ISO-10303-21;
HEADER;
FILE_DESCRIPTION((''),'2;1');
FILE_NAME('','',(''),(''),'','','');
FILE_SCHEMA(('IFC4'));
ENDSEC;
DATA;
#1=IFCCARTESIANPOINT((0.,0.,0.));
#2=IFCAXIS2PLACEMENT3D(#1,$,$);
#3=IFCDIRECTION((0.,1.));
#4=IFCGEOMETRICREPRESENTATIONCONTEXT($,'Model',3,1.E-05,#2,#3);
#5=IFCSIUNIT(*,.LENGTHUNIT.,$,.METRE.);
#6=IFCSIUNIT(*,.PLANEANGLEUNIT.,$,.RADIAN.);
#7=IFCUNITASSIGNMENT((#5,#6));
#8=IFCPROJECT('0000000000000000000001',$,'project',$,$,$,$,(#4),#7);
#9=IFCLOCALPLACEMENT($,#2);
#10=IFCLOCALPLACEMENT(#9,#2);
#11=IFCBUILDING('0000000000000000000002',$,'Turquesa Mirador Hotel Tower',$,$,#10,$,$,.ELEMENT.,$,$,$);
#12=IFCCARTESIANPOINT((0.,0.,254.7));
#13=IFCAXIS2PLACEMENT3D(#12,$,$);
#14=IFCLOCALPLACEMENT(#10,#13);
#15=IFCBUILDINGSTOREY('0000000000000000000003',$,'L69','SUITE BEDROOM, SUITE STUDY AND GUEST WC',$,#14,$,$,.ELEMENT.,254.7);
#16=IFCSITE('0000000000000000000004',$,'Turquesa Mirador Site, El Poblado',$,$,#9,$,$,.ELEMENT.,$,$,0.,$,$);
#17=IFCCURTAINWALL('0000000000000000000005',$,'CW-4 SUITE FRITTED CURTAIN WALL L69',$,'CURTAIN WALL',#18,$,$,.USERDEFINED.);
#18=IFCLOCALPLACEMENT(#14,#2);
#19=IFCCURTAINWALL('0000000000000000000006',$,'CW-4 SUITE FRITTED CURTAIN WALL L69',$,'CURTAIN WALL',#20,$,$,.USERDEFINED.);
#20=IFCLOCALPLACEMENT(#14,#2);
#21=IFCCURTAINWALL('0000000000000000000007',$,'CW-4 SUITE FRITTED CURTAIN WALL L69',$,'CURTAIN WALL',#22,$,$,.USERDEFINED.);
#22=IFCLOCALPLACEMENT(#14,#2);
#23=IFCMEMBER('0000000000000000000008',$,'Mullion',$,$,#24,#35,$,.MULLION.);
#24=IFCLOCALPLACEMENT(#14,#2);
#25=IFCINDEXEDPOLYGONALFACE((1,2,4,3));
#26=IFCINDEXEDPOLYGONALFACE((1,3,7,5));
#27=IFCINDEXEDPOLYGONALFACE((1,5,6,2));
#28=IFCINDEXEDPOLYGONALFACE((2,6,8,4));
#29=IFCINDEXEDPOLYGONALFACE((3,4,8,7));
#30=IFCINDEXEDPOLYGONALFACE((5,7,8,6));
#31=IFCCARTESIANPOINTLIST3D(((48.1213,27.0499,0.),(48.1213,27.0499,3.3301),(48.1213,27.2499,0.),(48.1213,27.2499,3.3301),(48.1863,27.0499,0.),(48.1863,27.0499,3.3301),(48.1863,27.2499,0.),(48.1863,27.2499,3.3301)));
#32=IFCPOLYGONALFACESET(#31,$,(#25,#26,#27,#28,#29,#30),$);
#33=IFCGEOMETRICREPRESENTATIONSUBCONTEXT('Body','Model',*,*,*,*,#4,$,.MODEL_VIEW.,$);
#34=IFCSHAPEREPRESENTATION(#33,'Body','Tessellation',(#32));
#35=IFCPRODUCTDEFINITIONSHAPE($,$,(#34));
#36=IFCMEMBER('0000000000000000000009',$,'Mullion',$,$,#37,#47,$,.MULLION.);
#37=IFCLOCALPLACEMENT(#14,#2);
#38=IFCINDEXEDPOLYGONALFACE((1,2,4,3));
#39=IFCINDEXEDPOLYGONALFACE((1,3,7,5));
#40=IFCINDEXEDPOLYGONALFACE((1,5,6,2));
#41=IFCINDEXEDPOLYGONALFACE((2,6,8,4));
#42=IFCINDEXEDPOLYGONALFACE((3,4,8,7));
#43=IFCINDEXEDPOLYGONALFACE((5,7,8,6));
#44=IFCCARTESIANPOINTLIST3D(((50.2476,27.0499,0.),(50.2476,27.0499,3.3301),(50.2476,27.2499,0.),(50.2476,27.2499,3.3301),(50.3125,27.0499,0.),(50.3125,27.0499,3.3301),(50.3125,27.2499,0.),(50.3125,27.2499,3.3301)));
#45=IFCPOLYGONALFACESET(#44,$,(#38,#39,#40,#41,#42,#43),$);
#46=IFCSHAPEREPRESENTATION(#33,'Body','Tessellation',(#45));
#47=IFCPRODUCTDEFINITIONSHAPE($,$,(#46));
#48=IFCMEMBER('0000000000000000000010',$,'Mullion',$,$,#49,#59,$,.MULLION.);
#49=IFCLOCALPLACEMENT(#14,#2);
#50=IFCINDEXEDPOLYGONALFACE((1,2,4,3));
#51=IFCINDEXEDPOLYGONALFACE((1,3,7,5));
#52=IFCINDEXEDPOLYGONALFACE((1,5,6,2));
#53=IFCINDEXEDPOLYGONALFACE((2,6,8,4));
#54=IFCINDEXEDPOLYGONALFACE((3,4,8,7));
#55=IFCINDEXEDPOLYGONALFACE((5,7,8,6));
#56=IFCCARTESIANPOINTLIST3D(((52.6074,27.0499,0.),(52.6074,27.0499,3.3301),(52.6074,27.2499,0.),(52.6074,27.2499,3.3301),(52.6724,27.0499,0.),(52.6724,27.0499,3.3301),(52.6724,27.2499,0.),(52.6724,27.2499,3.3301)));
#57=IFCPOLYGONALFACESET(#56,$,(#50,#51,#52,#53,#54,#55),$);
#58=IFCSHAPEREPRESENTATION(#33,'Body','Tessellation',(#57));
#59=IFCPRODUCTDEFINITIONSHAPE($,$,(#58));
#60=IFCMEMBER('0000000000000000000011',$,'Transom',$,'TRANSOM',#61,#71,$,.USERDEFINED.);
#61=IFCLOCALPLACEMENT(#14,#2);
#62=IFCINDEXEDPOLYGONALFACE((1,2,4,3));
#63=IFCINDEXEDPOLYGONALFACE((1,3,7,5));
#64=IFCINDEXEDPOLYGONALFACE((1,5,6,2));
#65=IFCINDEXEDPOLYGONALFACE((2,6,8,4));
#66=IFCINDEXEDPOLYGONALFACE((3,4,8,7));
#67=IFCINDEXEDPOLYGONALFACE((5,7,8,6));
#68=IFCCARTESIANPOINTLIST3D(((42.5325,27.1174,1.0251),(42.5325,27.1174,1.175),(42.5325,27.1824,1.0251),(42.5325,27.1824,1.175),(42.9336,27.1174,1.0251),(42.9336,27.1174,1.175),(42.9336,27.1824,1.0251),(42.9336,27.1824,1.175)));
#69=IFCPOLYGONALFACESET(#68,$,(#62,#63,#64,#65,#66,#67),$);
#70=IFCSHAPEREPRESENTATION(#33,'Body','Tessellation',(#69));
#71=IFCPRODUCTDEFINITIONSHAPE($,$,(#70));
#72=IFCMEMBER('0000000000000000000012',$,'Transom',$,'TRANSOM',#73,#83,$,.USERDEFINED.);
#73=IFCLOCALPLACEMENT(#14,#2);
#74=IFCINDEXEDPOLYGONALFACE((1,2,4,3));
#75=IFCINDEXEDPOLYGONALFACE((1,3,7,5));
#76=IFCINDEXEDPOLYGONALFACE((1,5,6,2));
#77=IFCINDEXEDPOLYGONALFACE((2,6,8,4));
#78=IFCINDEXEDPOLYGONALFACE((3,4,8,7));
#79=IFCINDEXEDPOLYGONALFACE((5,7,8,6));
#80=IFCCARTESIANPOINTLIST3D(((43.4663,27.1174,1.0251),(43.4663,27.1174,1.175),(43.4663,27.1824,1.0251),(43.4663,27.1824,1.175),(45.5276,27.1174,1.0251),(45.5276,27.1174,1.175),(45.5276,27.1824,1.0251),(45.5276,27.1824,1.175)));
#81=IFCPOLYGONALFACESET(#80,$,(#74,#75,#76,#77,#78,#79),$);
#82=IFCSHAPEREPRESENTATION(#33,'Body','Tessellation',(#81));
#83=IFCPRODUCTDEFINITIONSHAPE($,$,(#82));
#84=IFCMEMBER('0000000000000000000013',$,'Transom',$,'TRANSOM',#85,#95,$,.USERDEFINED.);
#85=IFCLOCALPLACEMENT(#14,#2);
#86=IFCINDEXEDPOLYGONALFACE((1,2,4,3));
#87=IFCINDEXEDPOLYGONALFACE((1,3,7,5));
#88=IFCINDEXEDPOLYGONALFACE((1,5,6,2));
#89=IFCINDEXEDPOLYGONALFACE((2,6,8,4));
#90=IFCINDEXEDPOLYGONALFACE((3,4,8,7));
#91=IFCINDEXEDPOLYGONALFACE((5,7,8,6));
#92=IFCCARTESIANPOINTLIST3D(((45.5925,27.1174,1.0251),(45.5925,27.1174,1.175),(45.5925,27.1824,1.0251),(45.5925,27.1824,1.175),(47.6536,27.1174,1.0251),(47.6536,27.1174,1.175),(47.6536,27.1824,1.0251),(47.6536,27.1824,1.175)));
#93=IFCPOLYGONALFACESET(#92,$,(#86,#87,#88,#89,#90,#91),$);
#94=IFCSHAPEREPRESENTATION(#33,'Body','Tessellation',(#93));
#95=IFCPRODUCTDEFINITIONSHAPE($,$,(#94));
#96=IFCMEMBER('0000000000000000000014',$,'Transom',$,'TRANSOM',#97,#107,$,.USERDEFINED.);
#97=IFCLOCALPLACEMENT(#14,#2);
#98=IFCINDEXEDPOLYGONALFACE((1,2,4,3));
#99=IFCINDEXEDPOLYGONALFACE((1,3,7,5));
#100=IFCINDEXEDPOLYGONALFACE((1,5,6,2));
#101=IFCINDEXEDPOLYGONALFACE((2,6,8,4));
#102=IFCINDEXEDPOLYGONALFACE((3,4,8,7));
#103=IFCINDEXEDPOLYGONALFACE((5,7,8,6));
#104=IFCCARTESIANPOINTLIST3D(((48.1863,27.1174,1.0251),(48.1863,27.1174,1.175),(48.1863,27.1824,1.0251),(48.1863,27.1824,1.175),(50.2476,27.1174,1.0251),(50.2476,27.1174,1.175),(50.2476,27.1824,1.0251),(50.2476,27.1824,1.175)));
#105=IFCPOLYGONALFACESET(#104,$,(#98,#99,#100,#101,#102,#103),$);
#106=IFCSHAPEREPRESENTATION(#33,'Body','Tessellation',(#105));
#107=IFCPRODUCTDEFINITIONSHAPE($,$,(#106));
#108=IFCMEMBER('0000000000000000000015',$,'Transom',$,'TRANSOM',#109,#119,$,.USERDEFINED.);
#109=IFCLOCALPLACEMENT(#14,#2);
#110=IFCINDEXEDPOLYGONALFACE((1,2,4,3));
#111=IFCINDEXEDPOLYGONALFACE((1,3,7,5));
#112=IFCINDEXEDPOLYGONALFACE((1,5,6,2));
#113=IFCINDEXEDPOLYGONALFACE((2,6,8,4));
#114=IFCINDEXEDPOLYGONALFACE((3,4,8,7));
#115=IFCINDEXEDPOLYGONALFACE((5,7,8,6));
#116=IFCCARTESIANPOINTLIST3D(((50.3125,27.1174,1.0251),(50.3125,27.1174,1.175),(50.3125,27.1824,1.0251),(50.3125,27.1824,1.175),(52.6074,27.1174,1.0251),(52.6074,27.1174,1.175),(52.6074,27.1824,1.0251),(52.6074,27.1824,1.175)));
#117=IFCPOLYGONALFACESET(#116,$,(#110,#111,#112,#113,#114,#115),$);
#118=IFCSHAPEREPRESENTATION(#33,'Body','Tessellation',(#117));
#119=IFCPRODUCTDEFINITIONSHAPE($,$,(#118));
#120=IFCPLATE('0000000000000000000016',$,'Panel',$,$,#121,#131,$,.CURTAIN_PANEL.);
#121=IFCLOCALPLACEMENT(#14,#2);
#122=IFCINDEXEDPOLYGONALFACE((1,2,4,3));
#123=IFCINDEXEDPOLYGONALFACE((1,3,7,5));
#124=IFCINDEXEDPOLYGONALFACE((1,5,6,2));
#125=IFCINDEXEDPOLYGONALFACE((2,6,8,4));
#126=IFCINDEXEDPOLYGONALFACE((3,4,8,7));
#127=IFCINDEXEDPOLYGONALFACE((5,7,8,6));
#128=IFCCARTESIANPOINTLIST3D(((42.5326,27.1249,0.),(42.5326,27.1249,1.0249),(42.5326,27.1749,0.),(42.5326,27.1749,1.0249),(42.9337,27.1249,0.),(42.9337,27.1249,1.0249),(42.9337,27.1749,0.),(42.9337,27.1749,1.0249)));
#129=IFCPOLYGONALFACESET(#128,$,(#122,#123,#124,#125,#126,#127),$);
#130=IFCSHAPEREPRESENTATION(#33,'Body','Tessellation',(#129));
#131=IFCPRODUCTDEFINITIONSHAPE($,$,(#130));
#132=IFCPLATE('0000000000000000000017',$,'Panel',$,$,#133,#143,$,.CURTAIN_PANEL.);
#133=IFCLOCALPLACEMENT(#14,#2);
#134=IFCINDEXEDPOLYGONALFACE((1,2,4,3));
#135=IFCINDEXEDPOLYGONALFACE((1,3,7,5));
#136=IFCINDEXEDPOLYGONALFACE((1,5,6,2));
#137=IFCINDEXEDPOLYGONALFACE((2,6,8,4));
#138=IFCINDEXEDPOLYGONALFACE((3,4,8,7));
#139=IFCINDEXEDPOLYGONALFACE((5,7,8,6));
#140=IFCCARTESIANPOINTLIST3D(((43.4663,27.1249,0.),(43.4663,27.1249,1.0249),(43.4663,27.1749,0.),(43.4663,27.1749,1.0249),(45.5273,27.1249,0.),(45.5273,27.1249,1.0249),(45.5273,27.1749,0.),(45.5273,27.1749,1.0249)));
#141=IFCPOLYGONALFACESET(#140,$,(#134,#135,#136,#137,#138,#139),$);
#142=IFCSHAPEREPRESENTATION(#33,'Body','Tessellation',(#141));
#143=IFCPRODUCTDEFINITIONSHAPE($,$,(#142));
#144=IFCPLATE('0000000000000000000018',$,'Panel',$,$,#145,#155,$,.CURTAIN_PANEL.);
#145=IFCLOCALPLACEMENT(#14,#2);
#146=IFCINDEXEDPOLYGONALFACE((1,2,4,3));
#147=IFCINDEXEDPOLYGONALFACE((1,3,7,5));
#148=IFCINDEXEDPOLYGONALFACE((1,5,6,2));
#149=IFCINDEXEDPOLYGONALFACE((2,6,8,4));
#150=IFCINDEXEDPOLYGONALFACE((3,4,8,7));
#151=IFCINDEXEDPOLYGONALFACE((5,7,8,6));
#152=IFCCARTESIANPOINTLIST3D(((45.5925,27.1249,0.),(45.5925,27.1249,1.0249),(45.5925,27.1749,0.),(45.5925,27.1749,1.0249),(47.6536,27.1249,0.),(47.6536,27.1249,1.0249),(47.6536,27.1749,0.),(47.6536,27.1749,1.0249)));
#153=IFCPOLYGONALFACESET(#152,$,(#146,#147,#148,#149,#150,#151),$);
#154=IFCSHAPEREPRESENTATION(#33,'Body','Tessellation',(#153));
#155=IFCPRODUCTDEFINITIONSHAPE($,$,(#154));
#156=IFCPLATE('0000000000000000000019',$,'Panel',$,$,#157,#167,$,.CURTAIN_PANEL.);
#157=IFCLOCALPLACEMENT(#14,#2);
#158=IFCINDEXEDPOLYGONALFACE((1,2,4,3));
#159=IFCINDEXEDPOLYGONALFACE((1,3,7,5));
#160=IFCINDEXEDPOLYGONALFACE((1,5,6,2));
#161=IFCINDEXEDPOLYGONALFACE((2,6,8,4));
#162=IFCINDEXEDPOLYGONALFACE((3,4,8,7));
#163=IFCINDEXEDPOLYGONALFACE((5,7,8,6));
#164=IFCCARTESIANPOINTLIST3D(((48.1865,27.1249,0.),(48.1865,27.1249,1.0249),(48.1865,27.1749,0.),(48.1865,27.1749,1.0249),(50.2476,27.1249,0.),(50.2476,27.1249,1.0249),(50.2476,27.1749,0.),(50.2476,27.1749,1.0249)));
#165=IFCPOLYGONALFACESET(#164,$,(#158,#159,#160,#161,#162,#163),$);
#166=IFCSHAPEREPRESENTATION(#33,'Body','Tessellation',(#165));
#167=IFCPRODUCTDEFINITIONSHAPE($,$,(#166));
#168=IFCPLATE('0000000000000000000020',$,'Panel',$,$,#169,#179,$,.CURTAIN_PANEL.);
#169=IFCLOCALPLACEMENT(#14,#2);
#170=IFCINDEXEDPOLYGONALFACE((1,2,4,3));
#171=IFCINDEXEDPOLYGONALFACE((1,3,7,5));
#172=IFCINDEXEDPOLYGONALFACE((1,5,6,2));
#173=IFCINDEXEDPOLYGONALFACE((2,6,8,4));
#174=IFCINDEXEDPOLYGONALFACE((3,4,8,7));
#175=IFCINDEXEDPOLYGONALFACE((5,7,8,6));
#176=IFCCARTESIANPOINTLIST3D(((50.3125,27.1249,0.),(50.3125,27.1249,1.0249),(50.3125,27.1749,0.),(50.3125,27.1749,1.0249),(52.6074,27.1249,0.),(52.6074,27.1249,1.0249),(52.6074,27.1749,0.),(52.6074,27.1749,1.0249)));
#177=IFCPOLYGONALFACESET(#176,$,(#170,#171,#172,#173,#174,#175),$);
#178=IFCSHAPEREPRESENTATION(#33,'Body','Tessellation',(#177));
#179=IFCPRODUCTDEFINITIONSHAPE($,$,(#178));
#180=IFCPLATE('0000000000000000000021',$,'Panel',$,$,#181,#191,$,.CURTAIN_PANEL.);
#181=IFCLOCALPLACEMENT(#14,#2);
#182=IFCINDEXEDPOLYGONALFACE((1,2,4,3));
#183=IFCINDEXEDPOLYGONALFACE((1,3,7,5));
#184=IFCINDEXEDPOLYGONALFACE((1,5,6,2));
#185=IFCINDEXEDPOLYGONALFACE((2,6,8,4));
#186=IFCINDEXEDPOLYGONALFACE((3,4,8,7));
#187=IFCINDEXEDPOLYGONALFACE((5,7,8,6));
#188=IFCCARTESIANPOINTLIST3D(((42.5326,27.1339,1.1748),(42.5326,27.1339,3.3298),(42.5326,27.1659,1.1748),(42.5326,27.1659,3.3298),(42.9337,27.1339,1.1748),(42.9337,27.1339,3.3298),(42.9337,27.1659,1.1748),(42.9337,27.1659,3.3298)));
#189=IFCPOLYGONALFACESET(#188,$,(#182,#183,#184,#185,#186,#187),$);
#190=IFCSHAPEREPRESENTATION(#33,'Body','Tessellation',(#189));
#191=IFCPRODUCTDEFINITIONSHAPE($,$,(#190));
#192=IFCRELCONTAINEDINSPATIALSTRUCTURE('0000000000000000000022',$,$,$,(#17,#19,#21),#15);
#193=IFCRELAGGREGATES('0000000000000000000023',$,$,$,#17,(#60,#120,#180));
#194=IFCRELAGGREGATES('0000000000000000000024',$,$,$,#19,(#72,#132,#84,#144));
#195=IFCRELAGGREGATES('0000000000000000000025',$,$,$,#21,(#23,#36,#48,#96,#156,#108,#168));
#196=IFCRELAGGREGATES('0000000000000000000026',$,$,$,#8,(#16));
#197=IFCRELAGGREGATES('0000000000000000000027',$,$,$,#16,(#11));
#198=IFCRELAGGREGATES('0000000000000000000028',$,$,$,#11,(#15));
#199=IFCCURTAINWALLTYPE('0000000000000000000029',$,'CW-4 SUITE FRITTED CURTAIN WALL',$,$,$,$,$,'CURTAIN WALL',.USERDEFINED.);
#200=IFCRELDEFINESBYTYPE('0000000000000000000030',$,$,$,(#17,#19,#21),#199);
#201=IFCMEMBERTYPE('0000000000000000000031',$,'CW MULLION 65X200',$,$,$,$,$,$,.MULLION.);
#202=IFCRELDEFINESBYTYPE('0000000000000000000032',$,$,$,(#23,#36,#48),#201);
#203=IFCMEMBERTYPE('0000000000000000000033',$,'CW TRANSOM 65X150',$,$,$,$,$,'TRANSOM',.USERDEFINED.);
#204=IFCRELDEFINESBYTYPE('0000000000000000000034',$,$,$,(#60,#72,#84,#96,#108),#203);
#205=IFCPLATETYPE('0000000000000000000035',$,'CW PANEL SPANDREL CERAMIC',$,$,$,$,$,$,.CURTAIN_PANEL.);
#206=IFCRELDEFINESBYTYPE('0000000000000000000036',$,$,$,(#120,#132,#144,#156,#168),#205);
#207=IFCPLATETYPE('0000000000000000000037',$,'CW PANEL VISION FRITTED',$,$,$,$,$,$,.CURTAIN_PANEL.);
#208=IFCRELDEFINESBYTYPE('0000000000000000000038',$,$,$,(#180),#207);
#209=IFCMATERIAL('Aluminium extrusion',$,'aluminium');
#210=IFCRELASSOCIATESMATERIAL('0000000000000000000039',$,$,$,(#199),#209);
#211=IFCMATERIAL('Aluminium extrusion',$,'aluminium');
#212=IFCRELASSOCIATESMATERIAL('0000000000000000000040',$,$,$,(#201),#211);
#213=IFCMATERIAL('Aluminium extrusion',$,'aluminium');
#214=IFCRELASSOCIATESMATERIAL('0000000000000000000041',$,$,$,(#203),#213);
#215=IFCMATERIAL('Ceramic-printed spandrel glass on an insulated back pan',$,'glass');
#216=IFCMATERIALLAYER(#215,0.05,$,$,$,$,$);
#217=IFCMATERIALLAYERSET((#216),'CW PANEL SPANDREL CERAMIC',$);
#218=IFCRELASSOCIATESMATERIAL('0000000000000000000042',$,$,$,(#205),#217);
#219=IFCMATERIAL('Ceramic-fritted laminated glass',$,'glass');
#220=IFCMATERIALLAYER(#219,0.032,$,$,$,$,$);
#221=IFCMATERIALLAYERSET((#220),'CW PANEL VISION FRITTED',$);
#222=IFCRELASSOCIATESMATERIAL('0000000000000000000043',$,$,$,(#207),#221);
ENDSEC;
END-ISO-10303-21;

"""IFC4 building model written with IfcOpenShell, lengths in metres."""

from ifc_helpers import new_model, si_unit, direction, frame, origin, origin_2d, place, context, subcontext, project, spatial, rectangle, extrude, material, layer, layer_set, material_profile, profile_set, type_object, element, aggregate, save


model = new_model("IFC4")

# Units and contexts
model_context = context("Model", 3, precision=1e-05, world=origin(), true_north=direction((0.0, 1.0)))
body_context = subcontext(model_context, "Body", "Model", "MODEL_VIEW")
ifc_project = project(units=[si_unit("LENGTHUNIT", "METRE"), si_unit("PLANEANGLEUNIT", "RADIAN")], contexts=[model_context])

# Site, building, storey
site_placement = place(None, origin())
site = spatial("IfcSite", under=ifc_project, at=site_placement, Name="Turquesa Mirador Site, El Poblado", CompositionType="ELEMENT", RefElevation=0.0)
building_placement = place(site_placement, origin())
building = spatial("IfcBuilding", under=site, at=building_placement, Name="Turquesa Mirador Hotel Tower", CompositionType="ELEMENT")
storey_placement = place(building_placement, frame((0.0, 0.0, 254.7)))
storey = spatial("IfcBuildingStorey", under=building, at=storey_placement, Name="L69", Description="SUITE BEDROOM, SUITE STUDY AND GUEST WC", CompositionType="ELEMENT", Elevation=254.7)

# Curtain walls, members
ifc_material_1 = material(Name="Aluminium extrusion", Category="aluminium")
curtain_wall_type = type_object("IfcCurtainWallType", Name="CW-4 SUITE FRITTED CURTAIN WALL", ElementType="CURTAIN WALL", PredefinedType="USERDEFINED", material=ifc_material_1)
curtain_wall_1_placement = place(storey_placement, origin())
curtain_wall_1 = element("IfcCurtainWall", 1, at=curtain_wall_1_placement, inside=storey, type_object=curtain_wall_type, Name="CW-4 SUITE FRITTED CURTAIN WALL L69", ObjectType="CURTAIN WALL", PredefinedType="USERDEFINED")
ifc_material_2 = material(Name="Aluminium extrusion", Category="aluminium")
ifc_material_profile_1 = material_profile(ifc_material_2, rectangle(XDim=0.0649, YDim=0.2, at=origin_2d()), Name="MULLION 65X200")
ifc_profile_set_1 = profile_set([ifc_material_profile_1], Name="Aluminium extrusion")
member_type_1 = type_object("IfcMemberType", Name="CW MULLION 65X200", PredefinedType="MULLION", material=ifc_profile_set_1)
curtain_wall_2_placement = place(storey_placement, origin())
curtain_wall_2 = element("IfcCurtainWall", 2, at=curtain_wall_2_placement, inside=storey, type_object=curtain_wall_type, Name="CW-4 SUITE FRITTED CURTAIN WALL L69", ObjectType="CURTAIN WALL", PredefinedType="USERDEFINED")
curtain_wall_3_placement = place(storey_placement, origin())
curtain_wall_3 = element("IfcCurtainWall", 3, at=curtain_wall_3_placement, inside=storey, type_object=curtain_wall_type, Name="CW-4 SUITE FRITTED CURTAIN WALL L69", ObjectType="CURTAIN WALL", PredefinedType="USERDEFINED")
member_1_placement = place(storey_placement, frame((48.1538, 27.1499, 0.0), z_axis=(0.0, 0.0, 1.0), x_axis=(1.0, 0.0, 0.0)))
member_1 = element("IfcMember", 4, at=member_1_placement, type_object=member_type_1, Name="Mullion", PredefinedType="MULLION", context=body_context, shape_type="SweptSolid", body=[
    extrude(rectangle(XDim=0.0649, YDim=0.2, at=origin_2d()), origin(), (0.0, 0.0, 1.0), 3.3301),
])
member_2_placement = place(storey_placement, frame((50.28, 27.1499, 0.0), z_axis=(0.0, 0.0, 1.0), x_axis=(1.0, 0.0, 0.0)))
member_2 = element("IfcMember", 5, at=member_2_placement, type_object=member_type_1, Name="Mullion", PredefinedType="MULLION", context=body_context, shape_type="SweptSolid", body=[
    extrude(rectangle(XDim=0.0649, YDim=0.2, at=origin_2d()), origin(), (0.0, 0.0, 1.0), 3.3301),
])
member_3_placement = place(storey_placement, frame((52.6399, 27.1499, 0.0), z_axis=(0.0, 0.0, 1.0), x_axis=(1.0, 0.0, 0.0)))
member_3 = element("IfcMember", 6, at=member_3_placement, type_object=member_type_1, Name="Mullion", PredefinedType="MULLION", context=body_context, shape_type="SweptSolid", body=[
    extrude(rectangle(XDim=0.0649, YDim=0.2, at=origin_2d()), origin(), (0.0, 0.0, 1.0), 3.3301),
])

# Members
ifc_material_3 = material(Name="Aluminium extrusion", Category="aluminium")
ifc_material_profile_2 = material_profile(ifc_material_3, rectangle(XDim=0.0649, YDim=0.1499, at=origin_2d()), Name="TRANSOM 65X150")
ifc_profile_set_2 = profile_set([ifc_material_profile_2], Name="Aluminium extrusion")
member_type_2 = type_object("IfcMemberType", Name="CW TRANSOM 65X150", ElementType="TRANSOM", PredefinedType="USERDEFINED", material=ifc_profile_set_2)
member_4_placement = place(storey_placement, frame((42.5325, 27.1499, 1.1001), z_axis=(1.0, 0.0, 0.0), x_axis=(0.0, 1.0, 0.0)))
member_4 = element("IfcMember", 7, at=member_4_placement, type_object=member_type_2, Name="Transom", ObjectType="TRANSOM", PredefinedType="USERDEFINED", context=body_context, shape_type="SweptSolid", body=[
    extrude(rectangle(XDim=0.0649, YDim=0.1499, at=origin_2d()), origin(), (0.0, 0.0, 1.0), 0.4011),
])
member_5_placement = place(storey_placement, frame((43.4663, 27.1499, 1.1001), z_axis=(1.0, 0.0, 0.0), x_axis=(0.0, 1.0, 0.0)))
member_5 = element("IfcMember", 8, at=member_5_placement, type_object=member_type_2, Name="Transom", ObjectType="TRANSOM", PredefinedType="USERDEFINED", context=body_context, shape_type="SweptSolid", body=[
    extrude(rectangle(XDim=0.0649, YDim=0.1499, at=origin_2d()), origin(), (0.0, 0.0, 1.0), 2.0613),
])
member_6_placement = place(storey_placement, frame((45.5925, 27.1499, 1.1001), z_axis=(1.0, 0.0, 0.0), x_axis=(0.0, 1.0, 0.0)))
member_6 = element("IfcMember", 9, at=member_6_placement, type_object=member_type_2, Name="Transom", ObjectType="TRANSOM", PredefinedType="USERDEFINED", context=body_context, shape_type="SweptSolid", body=[
    extrude(rectangle(XDim=0.0649, YDim=0.1499, at=origin_2d()), origin(), (0.0, 0.0, 1.0), 2.061),
])
member_7_placement = place(storey_placement, frame((48.1863, 27.1499, 1.1001), z_axis=(1.0, 0.0, 0.0), x_axis=(0.0, 1.0, 0.0)))
member_7 = element("IfcMember", 10, at=member_7_placement, type_object=member_type_2, Name="Transom", ObjectType="TRANSOM", PredefinedType="USERDEFINED", context=body_context, shape_type="SweptSolid", body=[
    extrude(rectangle(XDim=0.0649, YDim=0.1499, at=origin_2d()), origin(), (0.0, 0.0, 1.0), 2.0613),
])
member_8_placement = place(storey_placement, frame((50.3125, 27.1499, 1.1001), z_axis=(1.0, 0.0, 0.0), x_axis=(0.0, 1.0, 0.0)))
member_8 = element("IfcMember", 11, at=member_8_placement, type_object=member_type_2, Name="Transom", ObjectType="TRANSOM", PredefinedType="USERDEFINED", context=body_context, shape_type="SweptSolid", body=[
    extrude(rectangle(XDim=0.0649, YDim=0.1499, at=origin_2d()), origin(), (0.0, 0.0, 1.0), 2.2949),
])

# Plates
ifc_material_4 = material(Name="Ceramic-printed spandrel glass on an insulated back pan", Category="glass")
ifc_layer_1 = layer(ifc_material_4, 0.05)
ifc_layer_set_1 = layer_set([ifc_layer_1], Name="CW PANEL SPANDREL CERAMIC")
plate_type_1 = type_object("IfcPlateType", Name="CW PANEL SPANDREL CERAMIC", PredefinedType="CURTAIN_PANEL", material=ifc_layer_set_1)
plate_1_placement = place(storey_placement, frame((42.7332, 27.1499, 0.0), z_axis=(0.0, 0.0, 1.0), x_axis=(1.0, 0.0, 0.0)))
plate_1 = element("IfcPlate", 12, at=plate_1_placement, type_object=plate_type_1, Name="Panel", PredefinedType="CURTAIN_PANEL", context=body_context, shape_type="SweptSolid", body=[
    extrude(rectangle(XDim=0.4011, YDim=0.05, at=origin_2d()), origin(), (0.0, 0.0, 1.0), 1.0249),
])
plate_2_placement = place(storey_placement, frame((44.4968, 27.1499, 0.0), z_axis=(0.0, 0.0, 1.0), x_axis=(1.0, 0.0, 0.0)))
plate_2 = element("IfcPlate", 13, at=plate_2_placement, type_object=plate_type_1, Name="Panel", PredefinedType="CURTAIN_PANEL", context=body_context, shape_type="SweptSolid", body=[
    extrude(rectangle(XDim=2.061, YDim=0.05, at=origin_2d()), origin(), (0.0, 0.0, 1.0), 1.0249),
])
plate_3_placement = place(storey_placement, frame((46.623, 27.1499, 0.0), z_axis=(0.0, 0.0, 1.0), x_axis=(1.0, 0.0, 0.0)))
plate_3 = element("IfcPlate", 14, at=plate_3_placement, type_object=plate_type_1, Name="Panel", PredefinedType="CURTAIN_PANEL", context=body_context, shape_type="SweptSolid", body=[
    extrude(rectangle(XDim=2.061, YDim=0.05, at=origin_2d()), origin(), (0.0, 0.0, 1.0), 1.0249),
])
plate_4_placement = place(storey_placement, frame((49.217, 27.1499, 0.0), z_axis=(0.0, 0.0, 1.0), x_axis=(1.0, 0.0, 0.0)))
plate_4 = element("IfcPlate", 15, at=plate_4_placement, type_object=plate_type_1, Name="Panel", PredefinedType="CURTAIN_PANEL", context=body_context, shape_type="SweptSolid", body=[
    extrude(rectangle(XDim=2.061, YDim=0.05, at=origin_2d()), origin(), (0.0, 0.0, 1.0), 1.0249),
])
plate_5_placement = place(storey_placement, frame((51.46, 27.1499, 0.0), z_axis=(0.0, 0.0, 1.0), x_axis=(1.0, 0.0, 0.0)))
plate_5 = element("IfcPlate", 16, at=plate_5_placement, type_object=plate_type_1, Name="Panel", PredefinedType="CURTAIN_PANEL", context=body_context, shape_type="SweptSolid", body=[
    extrude(rectangle(XDim=2.2949, YDim=0.05, at=origin_2d()), origin(), (0.0, 0.0, 1.0), 1.0249),
])
ifc_material_5 = material(Name="Ceramic-fritted laminated glass", Category="glass")
ifc_layer_2 = layer(ifc_material_5, 0.032)
ifc_layer_set_2 = layer_set([ifc_layer_2], Name="CW PANEL VISION FRITTED")
plate_type_2 = type_object("IfcPlateType", Name="CW PANEL VISION FRITTED", PredefinedType="CURTAIN_PANEL", material=ifc_layer_set_2)
plate_6_placement = place(storey_placement, frame((42.7332, 27.1499, 1.1748), z_axis=(0.0, 0.0, 1.0), x_axis=(1.0, 0.0, 0.0)))
plate_6 = element("IfcPlate", 17, at=plate_6_placement, type_object=plate_type_2, Name="Panel", PredefinedType="CURTAIN_PANEL", context=body_context, shape_type="SweptSolid", body=[
    extrude(rectangle(XDim=0.4011, YDim=0.032, at=origin_2d()), origin(), (0.0, 0.0, 1.0), 2.155),
])
aggregate(curtain_wall_1, [member_4, plate_1, plate_6])
aggregate(curtain_wall_2, [member_5, plate_2, member_6, plate_3])
aggregate(curtain_wall_3, [member_1, member_2, member_3, member_7, plate_4, member_8, plate_5])

save(model, "model.ifc")
